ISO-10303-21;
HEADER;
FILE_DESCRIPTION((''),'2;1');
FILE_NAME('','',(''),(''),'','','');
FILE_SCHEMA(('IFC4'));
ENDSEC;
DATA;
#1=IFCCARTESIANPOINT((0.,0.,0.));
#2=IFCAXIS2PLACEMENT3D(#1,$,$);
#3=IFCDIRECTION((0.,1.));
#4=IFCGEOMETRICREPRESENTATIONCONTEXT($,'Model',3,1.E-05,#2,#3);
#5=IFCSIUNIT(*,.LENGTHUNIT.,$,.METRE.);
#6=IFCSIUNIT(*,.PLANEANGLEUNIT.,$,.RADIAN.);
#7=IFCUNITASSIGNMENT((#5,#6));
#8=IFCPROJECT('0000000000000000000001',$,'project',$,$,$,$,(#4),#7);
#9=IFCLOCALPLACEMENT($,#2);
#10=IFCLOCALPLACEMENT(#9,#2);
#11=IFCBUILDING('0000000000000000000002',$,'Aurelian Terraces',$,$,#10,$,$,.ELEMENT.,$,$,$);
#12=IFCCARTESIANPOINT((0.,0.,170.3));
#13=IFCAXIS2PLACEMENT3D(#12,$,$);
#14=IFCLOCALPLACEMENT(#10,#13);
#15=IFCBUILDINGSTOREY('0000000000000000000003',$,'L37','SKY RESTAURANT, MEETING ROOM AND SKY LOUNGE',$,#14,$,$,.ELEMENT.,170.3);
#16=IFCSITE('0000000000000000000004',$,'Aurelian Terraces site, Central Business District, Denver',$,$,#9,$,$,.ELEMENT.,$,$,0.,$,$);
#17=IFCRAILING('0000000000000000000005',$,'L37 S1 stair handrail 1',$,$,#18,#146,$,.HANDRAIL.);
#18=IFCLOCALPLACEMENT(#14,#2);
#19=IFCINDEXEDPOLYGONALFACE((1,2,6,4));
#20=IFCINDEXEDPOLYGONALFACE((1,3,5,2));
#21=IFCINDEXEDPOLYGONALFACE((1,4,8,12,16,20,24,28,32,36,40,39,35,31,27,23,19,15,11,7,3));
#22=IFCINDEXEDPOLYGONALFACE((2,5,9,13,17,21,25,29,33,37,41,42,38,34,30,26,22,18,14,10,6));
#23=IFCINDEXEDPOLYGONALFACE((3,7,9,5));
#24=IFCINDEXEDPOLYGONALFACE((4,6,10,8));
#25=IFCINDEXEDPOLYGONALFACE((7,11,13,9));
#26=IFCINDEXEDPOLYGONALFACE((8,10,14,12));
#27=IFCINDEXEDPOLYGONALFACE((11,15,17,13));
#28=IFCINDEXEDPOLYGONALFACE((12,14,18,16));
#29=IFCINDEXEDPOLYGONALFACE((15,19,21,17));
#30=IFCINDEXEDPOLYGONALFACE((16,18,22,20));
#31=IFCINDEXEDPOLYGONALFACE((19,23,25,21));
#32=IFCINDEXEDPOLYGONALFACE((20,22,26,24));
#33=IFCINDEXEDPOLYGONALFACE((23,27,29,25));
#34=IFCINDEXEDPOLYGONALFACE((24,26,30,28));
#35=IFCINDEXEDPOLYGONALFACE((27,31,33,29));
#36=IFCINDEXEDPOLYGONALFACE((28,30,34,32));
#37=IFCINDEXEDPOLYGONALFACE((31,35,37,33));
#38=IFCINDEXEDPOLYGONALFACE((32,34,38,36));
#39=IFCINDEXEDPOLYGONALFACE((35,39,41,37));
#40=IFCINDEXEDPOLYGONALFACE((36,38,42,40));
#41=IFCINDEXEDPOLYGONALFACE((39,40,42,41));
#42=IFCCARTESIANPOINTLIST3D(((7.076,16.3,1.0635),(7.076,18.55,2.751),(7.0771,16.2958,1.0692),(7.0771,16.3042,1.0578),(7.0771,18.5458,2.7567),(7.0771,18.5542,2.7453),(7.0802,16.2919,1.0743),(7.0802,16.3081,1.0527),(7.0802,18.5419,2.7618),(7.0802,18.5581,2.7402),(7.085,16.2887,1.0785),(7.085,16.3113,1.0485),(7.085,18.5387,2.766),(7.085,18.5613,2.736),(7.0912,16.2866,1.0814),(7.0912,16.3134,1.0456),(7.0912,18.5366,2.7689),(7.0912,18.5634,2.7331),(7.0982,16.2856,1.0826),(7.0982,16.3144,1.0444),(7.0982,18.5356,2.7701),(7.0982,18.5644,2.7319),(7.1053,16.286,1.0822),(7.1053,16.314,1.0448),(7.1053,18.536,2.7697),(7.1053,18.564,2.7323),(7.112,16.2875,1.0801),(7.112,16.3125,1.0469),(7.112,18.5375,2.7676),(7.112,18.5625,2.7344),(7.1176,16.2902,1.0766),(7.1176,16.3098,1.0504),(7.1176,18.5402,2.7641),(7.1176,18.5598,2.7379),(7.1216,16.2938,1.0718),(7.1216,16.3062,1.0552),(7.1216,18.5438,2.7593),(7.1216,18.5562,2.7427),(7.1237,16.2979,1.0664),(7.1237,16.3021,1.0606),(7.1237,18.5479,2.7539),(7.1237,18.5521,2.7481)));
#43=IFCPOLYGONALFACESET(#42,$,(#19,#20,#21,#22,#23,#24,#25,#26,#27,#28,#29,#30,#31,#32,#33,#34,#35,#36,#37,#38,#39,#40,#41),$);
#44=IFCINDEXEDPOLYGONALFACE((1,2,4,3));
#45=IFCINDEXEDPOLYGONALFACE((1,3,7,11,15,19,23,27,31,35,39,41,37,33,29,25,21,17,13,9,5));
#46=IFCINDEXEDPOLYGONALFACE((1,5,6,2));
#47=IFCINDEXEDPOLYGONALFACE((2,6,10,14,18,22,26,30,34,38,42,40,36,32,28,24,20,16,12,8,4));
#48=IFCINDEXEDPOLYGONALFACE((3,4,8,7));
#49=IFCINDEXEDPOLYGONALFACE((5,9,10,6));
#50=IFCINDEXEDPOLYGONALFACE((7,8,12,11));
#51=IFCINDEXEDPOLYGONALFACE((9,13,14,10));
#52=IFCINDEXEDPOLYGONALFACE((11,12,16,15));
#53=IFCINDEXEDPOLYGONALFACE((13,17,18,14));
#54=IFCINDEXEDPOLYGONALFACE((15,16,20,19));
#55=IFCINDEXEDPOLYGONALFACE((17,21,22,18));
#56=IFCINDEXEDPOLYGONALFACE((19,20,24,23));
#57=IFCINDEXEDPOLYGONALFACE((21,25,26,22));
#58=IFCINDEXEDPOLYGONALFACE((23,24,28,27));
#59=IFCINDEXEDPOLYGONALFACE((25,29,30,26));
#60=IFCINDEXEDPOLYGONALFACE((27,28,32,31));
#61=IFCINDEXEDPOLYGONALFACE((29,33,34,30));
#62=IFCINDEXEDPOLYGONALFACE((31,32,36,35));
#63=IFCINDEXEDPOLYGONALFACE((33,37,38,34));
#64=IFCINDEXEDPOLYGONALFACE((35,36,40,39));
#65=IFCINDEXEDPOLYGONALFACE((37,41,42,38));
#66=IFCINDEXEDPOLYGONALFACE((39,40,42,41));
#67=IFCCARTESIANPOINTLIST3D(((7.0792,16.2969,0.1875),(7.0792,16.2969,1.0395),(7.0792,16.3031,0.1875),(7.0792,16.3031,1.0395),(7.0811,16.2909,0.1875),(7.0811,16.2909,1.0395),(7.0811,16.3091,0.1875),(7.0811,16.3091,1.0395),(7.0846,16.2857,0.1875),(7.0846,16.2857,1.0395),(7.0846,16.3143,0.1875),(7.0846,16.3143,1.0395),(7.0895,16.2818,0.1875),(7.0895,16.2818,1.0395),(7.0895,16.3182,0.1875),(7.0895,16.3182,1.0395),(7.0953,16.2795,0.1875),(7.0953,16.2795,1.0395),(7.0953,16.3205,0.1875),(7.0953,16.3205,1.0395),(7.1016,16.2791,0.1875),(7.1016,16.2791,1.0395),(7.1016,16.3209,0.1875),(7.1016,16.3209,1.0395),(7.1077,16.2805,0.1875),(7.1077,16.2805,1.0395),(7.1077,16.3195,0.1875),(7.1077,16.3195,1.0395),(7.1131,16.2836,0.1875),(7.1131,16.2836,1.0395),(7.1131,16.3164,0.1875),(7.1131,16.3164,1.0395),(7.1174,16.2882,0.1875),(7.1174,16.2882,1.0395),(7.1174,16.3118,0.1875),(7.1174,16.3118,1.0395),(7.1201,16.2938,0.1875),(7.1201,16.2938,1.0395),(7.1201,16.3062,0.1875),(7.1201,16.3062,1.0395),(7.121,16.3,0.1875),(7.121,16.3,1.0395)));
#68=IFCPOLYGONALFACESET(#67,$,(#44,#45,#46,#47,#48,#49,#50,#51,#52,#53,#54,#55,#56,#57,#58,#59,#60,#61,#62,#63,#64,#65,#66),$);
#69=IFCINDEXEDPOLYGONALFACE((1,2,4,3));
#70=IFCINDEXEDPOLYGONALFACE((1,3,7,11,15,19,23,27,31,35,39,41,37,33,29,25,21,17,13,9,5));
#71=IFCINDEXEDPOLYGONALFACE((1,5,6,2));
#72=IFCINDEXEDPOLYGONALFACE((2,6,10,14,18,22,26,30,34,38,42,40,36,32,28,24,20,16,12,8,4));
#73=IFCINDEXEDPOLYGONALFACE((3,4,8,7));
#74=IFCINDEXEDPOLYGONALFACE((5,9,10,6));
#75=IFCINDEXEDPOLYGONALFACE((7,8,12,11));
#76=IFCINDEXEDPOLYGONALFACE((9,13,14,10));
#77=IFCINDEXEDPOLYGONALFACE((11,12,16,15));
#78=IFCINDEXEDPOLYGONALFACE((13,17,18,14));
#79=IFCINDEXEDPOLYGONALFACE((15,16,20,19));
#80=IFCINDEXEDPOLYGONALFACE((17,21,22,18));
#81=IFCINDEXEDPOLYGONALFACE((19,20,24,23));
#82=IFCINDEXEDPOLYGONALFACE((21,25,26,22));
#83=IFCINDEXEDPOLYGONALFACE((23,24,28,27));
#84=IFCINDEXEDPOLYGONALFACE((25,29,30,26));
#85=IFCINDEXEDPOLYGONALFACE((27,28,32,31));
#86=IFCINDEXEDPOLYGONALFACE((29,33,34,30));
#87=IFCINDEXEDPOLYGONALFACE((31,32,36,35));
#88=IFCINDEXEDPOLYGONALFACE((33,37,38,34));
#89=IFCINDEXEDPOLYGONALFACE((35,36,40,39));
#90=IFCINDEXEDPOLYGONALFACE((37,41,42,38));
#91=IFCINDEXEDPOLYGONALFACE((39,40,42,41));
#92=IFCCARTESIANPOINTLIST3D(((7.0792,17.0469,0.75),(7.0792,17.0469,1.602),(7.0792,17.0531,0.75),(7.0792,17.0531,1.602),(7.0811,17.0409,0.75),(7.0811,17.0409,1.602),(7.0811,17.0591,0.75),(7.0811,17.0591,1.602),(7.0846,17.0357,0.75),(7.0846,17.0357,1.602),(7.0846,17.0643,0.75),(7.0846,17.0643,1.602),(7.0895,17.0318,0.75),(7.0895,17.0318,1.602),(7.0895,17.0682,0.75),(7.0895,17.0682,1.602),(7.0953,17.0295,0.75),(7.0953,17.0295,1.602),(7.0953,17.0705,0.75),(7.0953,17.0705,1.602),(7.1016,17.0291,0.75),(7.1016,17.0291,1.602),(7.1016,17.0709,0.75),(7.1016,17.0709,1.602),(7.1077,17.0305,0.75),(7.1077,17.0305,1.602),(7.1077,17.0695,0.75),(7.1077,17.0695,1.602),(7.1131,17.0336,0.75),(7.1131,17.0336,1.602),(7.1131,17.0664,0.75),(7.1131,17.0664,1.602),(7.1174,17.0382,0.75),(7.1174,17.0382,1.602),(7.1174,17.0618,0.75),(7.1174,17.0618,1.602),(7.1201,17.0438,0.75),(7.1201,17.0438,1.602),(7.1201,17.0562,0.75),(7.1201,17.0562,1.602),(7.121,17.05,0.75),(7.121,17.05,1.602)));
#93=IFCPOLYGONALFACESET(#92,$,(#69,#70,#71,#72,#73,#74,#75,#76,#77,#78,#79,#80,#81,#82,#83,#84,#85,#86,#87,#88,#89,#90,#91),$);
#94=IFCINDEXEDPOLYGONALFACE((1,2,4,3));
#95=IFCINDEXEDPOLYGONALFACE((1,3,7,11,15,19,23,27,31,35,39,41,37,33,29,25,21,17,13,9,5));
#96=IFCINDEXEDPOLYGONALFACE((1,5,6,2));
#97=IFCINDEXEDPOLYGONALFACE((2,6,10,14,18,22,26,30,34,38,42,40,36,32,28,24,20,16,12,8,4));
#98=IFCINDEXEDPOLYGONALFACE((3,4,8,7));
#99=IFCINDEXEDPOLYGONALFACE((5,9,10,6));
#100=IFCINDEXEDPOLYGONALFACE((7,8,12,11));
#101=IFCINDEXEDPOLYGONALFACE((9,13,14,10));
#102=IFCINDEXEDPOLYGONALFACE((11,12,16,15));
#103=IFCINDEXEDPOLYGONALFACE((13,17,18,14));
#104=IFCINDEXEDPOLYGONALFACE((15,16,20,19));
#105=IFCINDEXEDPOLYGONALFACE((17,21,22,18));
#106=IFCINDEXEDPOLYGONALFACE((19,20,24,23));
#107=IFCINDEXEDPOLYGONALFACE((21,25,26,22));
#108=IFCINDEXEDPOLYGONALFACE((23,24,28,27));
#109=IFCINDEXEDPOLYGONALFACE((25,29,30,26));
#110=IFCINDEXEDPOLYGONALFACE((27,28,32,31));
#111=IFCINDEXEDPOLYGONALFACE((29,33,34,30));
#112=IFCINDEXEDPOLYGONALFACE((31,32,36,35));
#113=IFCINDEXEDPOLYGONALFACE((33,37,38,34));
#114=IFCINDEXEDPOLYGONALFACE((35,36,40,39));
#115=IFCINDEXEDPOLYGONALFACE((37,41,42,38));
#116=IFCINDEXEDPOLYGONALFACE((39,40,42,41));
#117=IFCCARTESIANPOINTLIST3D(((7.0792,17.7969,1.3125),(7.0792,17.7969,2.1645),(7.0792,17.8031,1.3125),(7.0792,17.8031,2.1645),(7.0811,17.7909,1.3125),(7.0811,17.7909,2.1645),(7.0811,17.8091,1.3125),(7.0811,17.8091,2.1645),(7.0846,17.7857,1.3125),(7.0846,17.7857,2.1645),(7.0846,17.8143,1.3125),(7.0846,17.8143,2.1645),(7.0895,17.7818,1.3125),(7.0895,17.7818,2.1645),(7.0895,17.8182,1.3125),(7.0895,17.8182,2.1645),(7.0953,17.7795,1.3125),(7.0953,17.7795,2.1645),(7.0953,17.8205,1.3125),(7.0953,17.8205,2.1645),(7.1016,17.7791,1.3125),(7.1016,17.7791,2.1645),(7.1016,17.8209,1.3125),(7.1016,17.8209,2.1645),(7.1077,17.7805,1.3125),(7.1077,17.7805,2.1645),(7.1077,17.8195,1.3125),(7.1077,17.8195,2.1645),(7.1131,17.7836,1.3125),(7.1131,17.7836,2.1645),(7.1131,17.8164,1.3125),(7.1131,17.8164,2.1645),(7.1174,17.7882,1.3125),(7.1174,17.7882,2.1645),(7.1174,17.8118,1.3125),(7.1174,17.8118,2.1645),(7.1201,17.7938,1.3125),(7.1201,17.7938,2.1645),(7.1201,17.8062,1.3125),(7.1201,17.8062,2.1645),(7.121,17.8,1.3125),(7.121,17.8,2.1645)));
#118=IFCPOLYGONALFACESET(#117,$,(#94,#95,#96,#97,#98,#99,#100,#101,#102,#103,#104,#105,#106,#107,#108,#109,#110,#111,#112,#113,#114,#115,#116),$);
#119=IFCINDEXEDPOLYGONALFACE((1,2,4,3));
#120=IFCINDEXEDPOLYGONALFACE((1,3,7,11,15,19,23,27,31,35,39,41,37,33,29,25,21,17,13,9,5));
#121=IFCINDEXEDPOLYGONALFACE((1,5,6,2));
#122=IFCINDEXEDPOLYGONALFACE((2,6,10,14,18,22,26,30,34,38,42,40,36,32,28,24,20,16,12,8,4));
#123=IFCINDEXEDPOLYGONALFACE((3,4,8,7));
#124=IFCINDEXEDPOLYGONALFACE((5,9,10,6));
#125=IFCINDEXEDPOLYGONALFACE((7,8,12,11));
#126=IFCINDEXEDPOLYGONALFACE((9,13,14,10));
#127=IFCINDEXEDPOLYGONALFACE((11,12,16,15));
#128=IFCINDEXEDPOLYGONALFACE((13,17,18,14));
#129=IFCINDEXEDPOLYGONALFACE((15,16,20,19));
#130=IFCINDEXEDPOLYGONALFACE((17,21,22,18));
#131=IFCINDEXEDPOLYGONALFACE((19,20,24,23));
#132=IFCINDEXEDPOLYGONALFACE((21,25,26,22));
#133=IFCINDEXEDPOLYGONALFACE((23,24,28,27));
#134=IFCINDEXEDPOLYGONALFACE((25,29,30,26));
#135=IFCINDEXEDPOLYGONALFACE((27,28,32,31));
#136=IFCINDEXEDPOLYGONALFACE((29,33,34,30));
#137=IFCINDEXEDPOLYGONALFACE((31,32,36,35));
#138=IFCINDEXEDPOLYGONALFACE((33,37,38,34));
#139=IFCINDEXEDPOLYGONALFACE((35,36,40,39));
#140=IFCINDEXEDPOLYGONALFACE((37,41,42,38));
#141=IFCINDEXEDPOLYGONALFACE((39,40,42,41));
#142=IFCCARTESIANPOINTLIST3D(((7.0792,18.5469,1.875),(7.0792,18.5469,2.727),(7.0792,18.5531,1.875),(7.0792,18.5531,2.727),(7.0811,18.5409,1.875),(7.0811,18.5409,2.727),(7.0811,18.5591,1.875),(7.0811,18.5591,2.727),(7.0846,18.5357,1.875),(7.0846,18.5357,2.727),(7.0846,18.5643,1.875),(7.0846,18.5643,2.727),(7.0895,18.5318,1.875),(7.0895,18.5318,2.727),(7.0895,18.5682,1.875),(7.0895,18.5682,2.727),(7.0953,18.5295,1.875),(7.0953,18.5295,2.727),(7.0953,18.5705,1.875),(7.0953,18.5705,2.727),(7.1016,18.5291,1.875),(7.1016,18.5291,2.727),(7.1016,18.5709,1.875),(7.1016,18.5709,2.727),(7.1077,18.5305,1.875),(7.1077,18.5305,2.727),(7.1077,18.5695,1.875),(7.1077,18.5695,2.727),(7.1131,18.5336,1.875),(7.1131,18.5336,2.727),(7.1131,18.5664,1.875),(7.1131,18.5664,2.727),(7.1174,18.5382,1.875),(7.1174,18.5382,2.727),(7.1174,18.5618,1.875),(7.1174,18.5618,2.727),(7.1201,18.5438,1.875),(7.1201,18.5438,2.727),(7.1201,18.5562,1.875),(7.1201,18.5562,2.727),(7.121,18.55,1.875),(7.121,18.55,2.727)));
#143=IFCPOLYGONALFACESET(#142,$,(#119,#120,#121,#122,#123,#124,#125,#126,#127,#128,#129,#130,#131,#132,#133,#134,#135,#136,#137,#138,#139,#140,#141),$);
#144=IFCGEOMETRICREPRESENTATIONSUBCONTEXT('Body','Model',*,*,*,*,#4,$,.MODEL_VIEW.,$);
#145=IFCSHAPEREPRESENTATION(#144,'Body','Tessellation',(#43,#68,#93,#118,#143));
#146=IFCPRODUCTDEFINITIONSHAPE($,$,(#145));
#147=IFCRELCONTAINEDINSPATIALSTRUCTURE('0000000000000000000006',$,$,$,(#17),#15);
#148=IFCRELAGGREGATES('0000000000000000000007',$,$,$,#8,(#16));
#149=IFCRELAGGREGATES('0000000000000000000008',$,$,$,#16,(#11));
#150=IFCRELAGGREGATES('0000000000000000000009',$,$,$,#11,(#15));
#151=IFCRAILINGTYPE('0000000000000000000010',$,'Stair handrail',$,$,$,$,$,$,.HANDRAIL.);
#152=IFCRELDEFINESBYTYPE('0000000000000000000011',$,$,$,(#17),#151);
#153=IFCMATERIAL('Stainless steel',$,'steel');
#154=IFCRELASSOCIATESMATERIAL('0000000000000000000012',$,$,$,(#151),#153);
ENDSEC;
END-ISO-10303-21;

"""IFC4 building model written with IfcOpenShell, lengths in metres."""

from ifc_helpers import new_model, si_unit, direction, frame, origin, origin_2d, place, context, subcontext, project, spatial, circle, extrude, source, transform, mapped, material, type_object, element, save


model = new_model("IFC4")

# Units and contexts
model_context = context("Model", 3, precision=1e-05, world=origin(), true_north=direction((0.0, 1.0)))
body_context = subcontext(model_context, "Body", "Model", "MODEL_VIEW")
ifc_project = project(units=[si_unit("LENGTHUNIT", "METRE"), si_unit("PLANEANGLEUNIT", "RADIAN")], contexts=[model_context])

# Site, building, storey
site_placement = place(None, origin())
site = spatial("IfcSite", under=ifc_project, at=site_placement, Name="Aurelian Terraces site, Central Business District, Denver", CompositionType="ELEMENT", RefElevation=0.0)
building_placement = place(site_placement, origin())
building = spatial("IfcBuilding", under=site, at=building_placement, Name="Aurelian Terraces", CompositionType="ELEMENT")
storey_placement = place(building_placement, frame((0.0, 0.0, 170.3)))
storey = spatial("IfcBuildingStorey", under=building, at=storey_placement, Name="L37", Description="SKY RESTAURANT, MEETING ROOM AND SKY LOUNGE", CompositionType="ELEMENT", Elevation=170.3)

# Railing
ifc_material_1 = material(Name="Stainless steel", Category="steel")
railing_type_1 = type_object("IfcRailingType", Name="Stair handrail", PredefinedType="HANDRAIL", material=ifc_material_1)
shared_shape_1 = source(origin(), body_context, "Body", "SweptSolid", [
    extrude(circle(Radius=0.024, at=origin_2d()), frame((0.0, 0.0, 0.876), z_axis=(0.0, 0.8, 0.6), x_axis=(-1.0, 0.0, 0.0)), (0.0, 0.0, 1.0), 2.8125),
    extrude(circle(Radius=0.021, at=origin_2d()), origin(), (0.0, 0.0, 1.0), 0.852),
    extrude(circle(Radius=0.021, at=origin_2d()), frame((0.0, 0.75, 0.5625)), (0.0, 0.0, 1.0), 0.852),
    extrude(circle(Radius=0.021, at=origin_2d()), frame((0.0, 1.5, 1.125)), (0.0, 0.0, 1.0), 0.852),
    extrude(circle(Radius=0.021, at=origin_2d()), frame((0.0, 2.25, 1.6875)), (0.0, 0.0, 1.0), 0.852),
])
for number, where, name in (
    (1, (7.1, 16.3, 0.1875), "L37 S1 stair handrail 1"),
):
    element("IfcRailing", number, at=place(storey_placement, frame(where)), inside=storey, type_object=railing_type_1, Name=name, PredefinedType="HANDRAIL", context=body_context, shape_type="MappedRepresentation", body=[
        mapped(shared_shape_1, transform((0.0, 0.0, 0.0), scale=1.0)),
    ])

save(model, "model.ifc")
